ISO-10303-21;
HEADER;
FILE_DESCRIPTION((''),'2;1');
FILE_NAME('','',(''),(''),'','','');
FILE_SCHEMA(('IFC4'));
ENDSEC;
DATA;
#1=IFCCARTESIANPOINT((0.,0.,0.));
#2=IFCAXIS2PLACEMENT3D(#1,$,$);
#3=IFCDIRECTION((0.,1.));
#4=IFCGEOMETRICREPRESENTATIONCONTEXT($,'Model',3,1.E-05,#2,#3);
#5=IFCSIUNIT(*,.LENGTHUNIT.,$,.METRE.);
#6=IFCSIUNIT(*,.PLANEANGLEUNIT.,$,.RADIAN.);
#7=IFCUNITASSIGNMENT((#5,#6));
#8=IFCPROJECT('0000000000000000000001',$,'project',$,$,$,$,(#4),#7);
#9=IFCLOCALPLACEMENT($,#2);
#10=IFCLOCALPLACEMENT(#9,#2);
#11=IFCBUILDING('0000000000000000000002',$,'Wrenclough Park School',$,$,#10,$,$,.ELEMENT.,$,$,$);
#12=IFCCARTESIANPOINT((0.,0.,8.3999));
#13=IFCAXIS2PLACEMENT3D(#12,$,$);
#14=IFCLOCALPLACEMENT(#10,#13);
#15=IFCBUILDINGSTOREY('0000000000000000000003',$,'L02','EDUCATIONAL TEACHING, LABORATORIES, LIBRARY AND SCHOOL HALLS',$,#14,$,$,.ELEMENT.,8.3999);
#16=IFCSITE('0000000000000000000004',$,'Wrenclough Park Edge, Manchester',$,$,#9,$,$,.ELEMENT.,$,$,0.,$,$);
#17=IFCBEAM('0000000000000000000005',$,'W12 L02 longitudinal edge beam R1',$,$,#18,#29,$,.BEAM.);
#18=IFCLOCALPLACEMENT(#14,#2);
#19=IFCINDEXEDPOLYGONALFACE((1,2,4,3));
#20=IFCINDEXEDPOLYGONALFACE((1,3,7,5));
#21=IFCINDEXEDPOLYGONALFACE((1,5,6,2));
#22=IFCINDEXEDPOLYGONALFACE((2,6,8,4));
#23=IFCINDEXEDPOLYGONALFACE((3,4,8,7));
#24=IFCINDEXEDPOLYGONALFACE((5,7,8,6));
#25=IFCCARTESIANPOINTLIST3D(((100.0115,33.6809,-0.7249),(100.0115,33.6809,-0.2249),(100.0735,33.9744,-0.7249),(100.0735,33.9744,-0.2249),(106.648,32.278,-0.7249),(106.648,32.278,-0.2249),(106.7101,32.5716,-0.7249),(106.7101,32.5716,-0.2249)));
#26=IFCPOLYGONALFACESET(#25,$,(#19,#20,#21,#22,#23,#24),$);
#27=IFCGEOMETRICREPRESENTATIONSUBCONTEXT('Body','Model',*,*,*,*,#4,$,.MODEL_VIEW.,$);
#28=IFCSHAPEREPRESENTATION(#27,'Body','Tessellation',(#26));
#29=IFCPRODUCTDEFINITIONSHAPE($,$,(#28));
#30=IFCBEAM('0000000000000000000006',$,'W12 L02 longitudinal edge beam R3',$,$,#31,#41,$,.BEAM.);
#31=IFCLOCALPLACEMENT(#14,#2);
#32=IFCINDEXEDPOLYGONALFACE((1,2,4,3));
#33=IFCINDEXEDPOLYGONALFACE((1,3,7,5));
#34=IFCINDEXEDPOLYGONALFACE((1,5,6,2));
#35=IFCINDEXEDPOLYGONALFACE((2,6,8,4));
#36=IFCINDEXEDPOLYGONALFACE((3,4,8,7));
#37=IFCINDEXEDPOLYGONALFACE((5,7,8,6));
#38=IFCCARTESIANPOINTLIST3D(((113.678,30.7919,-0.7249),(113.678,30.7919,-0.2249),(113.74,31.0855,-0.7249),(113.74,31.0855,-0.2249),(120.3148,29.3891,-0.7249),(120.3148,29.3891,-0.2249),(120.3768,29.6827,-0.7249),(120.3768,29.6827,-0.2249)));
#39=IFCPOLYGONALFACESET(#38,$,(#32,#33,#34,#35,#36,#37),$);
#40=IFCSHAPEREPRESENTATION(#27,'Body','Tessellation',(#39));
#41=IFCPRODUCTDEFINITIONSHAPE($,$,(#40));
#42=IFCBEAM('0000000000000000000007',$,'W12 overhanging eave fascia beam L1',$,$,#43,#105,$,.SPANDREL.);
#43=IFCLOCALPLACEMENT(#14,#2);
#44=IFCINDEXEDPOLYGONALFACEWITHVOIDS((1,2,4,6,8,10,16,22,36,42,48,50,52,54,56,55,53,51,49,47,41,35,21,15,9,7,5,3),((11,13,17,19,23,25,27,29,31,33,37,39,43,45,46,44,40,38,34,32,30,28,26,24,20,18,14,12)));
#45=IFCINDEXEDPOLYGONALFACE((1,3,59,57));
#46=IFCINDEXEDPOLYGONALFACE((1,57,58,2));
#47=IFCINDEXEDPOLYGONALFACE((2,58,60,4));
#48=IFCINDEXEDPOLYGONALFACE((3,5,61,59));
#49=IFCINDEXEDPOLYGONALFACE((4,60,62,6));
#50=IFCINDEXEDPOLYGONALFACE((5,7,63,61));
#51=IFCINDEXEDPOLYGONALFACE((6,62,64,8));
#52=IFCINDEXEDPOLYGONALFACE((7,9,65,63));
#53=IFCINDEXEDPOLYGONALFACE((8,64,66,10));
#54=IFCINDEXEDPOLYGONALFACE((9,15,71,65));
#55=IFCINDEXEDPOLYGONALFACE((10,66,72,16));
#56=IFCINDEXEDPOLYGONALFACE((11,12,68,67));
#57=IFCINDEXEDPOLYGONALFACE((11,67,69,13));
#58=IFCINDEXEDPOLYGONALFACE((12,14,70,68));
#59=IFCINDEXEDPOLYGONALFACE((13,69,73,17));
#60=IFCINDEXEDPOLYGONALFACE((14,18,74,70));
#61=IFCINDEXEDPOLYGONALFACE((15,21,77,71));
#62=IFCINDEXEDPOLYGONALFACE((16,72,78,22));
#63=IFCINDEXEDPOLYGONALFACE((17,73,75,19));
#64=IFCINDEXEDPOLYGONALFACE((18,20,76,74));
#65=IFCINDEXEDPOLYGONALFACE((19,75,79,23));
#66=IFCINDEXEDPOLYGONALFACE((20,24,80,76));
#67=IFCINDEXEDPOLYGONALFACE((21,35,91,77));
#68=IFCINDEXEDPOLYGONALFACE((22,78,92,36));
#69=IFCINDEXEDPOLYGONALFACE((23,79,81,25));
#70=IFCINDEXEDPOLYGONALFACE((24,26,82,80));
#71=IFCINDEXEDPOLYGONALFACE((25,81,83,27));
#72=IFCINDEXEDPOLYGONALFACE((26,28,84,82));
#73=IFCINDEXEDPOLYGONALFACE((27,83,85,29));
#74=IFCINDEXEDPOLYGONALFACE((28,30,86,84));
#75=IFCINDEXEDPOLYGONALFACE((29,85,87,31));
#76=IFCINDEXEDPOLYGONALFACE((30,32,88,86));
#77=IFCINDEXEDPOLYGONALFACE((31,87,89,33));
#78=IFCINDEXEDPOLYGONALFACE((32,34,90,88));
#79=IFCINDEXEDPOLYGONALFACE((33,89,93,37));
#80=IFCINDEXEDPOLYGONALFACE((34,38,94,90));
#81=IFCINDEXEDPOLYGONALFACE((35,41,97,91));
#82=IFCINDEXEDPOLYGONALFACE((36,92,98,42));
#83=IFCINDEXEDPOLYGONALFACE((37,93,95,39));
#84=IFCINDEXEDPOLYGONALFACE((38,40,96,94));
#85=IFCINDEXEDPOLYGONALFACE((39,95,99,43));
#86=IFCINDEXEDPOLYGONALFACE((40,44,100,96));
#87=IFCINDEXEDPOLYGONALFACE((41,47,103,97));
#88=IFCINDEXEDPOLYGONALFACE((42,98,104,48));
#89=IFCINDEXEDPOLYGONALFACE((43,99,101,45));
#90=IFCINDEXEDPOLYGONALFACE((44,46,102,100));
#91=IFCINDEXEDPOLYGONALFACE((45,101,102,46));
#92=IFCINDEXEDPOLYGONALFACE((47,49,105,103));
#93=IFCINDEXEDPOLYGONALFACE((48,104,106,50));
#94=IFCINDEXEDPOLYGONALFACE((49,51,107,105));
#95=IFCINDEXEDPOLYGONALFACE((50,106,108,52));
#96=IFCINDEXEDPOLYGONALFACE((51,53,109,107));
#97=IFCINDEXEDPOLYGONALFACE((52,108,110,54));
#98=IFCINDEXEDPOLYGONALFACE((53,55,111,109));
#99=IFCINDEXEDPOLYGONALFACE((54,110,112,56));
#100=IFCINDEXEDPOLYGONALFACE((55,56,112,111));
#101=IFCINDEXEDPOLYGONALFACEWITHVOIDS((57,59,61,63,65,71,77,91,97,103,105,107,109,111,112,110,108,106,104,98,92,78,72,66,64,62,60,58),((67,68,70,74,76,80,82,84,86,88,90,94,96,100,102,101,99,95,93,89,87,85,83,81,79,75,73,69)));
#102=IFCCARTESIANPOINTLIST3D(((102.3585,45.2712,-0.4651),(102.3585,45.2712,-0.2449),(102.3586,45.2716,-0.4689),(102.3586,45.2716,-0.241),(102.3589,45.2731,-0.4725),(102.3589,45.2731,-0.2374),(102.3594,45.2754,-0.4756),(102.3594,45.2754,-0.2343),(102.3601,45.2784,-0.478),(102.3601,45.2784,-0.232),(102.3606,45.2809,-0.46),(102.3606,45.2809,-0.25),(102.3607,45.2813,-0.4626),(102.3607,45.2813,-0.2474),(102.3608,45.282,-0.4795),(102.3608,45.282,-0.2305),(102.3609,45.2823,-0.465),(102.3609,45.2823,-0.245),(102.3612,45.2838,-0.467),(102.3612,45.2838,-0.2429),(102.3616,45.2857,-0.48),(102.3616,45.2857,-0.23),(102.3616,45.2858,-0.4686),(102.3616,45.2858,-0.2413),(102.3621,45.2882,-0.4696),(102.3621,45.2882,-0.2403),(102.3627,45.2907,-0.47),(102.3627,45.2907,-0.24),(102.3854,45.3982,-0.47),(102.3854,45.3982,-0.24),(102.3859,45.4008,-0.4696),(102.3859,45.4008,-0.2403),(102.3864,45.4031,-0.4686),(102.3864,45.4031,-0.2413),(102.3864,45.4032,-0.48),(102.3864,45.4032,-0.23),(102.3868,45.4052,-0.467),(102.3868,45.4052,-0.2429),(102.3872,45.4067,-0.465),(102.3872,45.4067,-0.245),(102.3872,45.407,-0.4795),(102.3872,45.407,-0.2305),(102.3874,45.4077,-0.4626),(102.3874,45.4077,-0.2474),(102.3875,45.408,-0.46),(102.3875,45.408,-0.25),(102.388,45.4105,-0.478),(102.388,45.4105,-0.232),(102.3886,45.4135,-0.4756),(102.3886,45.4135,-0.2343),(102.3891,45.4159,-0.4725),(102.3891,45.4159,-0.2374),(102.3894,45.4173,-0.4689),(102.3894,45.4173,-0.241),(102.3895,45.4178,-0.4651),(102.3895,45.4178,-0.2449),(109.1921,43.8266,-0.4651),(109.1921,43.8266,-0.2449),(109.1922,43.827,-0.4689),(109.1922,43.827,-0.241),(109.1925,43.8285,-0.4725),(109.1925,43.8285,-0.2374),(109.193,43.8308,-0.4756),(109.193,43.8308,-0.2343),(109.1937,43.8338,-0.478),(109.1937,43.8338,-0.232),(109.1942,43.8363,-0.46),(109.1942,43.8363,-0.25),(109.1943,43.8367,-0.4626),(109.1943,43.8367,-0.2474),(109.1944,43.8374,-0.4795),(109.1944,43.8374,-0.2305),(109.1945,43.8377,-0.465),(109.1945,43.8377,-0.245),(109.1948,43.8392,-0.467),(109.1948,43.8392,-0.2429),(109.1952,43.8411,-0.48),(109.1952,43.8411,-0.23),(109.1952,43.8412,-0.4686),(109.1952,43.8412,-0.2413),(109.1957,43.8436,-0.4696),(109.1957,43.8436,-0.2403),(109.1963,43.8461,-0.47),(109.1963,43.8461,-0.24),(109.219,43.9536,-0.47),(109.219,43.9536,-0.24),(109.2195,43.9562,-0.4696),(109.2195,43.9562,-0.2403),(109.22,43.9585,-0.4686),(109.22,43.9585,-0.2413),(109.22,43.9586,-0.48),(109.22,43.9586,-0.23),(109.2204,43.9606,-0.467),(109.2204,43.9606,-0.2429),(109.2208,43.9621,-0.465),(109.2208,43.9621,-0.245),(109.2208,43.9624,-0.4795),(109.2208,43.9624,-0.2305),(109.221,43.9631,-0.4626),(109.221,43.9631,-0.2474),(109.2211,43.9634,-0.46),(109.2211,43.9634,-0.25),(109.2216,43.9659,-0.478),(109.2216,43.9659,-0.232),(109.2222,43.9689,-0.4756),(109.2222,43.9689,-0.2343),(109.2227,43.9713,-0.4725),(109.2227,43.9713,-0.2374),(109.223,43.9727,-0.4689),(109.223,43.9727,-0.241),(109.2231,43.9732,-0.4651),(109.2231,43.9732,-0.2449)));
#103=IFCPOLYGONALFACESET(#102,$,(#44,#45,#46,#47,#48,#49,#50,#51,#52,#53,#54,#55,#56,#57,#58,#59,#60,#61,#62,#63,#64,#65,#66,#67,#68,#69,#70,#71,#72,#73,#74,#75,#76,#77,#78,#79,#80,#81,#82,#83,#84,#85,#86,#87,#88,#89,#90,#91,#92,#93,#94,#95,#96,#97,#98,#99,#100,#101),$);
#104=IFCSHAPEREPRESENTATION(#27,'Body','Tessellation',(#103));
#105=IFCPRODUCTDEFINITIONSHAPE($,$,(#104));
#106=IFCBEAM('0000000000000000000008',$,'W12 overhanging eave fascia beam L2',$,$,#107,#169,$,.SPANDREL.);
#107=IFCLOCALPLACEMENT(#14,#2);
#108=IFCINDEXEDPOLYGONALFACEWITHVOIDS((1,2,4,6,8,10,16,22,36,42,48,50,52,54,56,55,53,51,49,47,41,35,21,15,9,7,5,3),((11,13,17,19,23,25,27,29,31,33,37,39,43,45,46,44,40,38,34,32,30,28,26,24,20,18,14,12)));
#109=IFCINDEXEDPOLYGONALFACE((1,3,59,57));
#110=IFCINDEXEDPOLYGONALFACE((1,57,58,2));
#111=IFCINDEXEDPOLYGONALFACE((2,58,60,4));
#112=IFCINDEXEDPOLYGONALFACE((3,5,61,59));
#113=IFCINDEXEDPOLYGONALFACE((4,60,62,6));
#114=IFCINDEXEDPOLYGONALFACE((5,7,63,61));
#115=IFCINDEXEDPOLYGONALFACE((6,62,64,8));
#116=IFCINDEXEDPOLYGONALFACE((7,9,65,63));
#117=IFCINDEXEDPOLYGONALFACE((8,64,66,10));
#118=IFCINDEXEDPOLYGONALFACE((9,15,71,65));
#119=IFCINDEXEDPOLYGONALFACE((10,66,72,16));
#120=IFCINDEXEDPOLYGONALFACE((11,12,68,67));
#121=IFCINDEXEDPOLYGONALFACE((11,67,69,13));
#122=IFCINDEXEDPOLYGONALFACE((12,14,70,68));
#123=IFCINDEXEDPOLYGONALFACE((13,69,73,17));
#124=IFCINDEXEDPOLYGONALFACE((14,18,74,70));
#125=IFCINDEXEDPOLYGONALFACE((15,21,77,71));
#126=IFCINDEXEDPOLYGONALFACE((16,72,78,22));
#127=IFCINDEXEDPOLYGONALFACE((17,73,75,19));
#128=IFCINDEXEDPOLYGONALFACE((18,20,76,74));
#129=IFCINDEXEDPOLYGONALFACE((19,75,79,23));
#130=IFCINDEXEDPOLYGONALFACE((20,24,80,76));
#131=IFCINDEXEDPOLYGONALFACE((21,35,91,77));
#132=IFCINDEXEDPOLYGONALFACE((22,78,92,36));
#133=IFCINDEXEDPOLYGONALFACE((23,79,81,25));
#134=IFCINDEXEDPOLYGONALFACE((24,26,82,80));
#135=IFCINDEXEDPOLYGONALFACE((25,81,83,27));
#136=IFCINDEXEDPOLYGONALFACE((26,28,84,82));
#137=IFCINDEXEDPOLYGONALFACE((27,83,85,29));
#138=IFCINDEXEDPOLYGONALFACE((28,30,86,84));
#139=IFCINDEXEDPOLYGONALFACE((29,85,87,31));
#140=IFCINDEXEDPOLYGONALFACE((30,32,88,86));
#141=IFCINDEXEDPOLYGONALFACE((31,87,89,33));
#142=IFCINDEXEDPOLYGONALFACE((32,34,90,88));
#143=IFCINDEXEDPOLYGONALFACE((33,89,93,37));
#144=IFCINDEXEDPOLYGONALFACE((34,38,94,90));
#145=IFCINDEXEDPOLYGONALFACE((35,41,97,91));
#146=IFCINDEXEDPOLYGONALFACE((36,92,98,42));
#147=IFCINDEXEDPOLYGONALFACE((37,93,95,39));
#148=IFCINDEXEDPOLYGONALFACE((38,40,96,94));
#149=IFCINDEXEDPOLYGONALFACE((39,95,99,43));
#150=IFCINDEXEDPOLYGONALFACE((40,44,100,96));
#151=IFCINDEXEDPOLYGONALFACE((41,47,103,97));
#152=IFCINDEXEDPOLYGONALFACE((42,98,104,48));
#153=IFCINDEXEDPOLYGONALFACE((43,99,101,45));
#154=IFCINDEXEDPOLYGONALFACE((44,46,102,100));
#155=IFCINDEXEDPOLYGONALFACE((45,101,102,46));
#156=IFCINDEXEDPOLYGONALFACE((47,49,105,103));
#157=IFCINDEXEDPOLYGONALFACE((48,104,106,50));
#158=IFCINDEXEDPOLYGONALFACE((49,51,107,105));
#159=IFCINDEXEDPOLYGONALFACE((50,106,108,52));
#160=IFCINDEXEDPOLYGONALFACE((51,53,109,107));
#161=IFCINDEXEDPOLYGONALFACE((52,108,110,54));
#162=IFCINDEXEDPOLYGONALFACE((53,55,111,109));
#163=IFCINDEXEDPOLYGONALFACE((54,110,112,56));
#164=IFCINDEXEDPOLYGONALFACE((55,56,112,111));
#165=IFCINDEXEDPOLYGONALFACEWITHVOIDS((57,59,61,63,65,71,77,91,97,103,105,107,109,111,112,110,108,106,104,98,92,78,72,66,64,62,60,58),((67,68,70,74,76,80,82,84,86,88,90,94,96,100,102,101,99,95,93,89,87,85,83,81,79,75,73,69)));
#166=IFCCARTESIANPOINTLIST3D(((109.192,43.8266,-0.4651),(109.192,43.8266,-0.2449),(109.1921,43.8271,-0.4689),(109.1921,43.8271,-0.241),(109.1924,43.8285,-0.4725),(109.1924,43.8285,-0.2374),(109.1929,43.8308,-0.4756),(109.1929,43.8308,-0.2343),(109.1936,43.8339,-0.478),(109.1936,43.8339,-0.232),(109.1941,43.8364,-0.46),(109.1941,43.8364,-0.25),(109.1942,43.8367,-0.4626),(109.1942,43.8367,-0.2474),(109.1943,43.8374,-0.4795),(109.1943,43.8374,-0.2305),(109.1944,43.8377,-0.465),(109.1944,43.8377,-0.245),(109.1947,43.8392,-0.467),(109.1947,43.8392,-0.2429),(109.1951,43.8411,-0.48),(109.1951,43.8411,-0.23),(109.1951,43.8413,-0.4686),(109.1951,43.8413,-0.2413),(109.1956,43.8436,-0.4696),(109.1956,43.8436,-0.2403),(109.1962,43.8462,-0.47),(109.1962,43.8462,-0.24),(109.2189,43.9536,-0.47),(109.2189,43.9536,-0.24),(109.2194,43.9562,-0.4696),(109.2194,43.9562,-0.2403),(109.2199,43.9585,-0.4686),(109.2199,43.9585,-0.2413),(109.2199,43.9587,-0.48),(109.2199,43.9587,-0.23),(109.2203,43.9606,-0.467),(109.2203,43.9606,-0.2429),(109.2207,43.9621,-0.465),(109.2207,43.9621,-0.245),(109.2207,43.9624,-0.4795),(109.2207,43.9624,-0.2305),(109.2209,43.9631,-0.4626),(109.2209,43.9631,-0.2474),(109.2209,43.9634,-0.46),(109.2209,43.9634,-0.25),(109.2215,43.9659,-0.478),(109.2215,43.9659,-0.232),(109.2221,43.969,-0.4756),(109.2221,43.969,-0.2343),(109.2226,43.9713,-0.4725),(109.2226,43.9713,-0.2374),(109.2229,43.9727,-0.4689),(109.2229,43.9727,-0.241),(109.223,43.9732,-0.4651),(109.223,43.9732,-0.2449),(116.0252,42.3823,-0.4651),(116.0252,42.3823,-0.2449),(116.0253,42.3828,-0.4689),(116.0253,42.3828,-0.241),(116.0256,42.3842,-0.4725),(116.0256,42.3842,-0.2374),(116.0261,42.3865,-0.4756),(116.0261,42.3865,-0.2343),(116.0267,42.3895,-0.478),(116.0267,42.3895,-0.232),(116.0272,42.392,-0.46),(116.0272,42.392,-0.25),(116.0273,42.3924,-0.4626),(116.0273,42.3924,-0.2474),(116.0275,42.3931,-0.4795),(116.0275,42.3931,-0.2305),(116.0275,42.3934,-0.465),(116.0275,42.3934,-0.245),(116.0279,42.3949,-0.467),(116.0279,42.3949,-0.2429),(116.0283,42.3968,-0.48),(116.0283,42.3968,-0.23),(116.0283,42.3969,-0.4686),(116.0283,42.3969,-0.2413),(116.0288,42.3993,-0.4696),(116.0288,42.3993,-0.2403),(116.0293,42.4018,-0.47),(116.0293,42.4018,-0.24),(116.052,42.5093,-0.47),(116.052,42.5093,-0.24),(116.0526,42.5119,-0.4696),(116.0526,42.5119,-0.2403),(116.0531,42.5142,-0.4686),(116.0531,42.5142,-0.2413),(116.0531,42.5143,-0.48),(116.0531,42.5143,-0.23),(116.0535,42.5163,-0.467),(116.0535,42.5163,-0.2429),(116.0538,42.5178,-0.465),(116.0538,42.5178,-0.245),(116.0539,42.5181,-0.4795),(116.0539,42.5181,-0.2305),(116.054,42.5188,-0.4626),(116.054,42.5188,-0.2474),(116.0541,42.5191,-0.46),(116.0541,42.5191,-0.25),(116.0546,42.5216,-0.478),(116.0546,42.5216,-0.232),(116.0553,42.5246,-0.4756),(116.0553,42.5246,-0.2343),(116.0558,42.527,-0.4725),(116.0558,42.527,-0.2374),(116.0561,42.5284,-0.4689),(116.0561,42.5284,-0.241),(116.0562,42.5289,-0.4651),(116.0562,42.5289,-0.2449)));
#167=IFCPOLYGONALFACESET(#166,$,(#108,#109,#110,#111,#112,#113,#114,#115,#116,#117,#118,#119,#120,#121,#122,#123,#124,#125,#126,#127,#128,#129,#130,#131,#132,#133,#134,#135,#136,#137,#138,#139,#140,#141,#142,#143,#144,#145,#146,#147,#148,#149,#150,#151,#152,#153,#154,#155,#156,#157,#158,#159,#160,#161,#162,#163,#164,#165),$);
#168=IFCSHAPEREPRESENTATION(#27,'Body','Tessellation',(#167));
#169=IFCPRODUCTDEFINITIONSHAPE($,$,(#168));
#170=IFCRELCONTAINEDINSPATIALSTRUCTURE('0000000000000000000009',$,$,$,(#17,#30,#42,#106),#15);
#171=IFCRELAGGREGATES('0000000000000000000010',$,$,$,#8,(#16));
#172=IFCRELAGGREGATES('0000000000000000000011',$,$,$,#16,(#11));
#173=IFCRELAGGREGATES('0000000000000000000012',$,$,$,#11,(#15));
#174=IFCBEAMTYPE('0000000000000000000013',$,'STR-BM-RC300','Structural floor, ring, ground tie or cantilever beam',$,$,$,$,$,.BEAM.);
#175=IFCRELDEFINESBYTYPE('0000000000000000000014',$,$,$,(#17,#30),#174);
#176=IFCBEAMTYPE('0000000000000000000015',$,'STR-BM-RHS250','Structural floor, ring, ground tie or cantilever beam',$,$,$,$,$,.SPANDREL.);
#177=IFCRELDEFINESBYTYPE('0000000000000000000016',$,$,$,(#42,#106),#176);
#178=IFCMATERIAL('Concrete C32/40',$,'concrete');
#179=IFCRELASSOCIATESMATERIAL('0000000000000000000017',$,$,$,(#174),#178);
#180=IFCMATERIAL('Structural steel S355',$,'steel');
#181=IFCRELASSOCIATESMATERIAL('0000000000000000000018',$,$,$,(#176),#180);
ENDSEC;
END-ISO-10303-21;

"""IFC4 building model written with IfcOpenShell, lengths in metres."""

from ifc_helpers import new_model, si_unit, direction, frame, origin, origin_2d, place, context, subcontext, project, spatial, rectangle, hollow_rectangle, extrude, material, material_profile, profile_set, type_object, element, save


model = new_model("IFC4")

# Units and contexts
model_context = context("Model", 3, precision=1e-05, world=origin(), true_north=direction((0.0, 1.0)))
body_context = subcontext(model_context, "Body", "Model", "MODEL_VIEW")
ifc_project = project(units=[si_unit("LENGTHUNIT", "METRE"), si_unit("PLANEANGLEUNIT", "RADIAN")], contexts=[model_context])

# Site, building, storey
site_placement = place(None, origin())
site = spatial("IfcSite", under=ifc_project, at=site_placement, Name="Wrenclough Park Edge, Manchester", CompositionType="ELEMENT", RefElevation=0.0)
building_placement = place(site_placement, origin())
building = spatial("IfcBuilding", under=site, at=building_placement, Name="Wrenclough Park School", CompositionType="ELEMENT")
storey_placement = place(building_placement, frame((0.0, 0.0, 8.3999)))
storey = spatial("IfcBuildingStorey", under=building, at=storey_placement, Name="L02", Description="EDUCATIONAL TEACHING, LABORATORIES, LIBRARY AND SCHOOL HALLS", CompositionType="ELEMENT", Elevation=8.3999)

# Beams
ifc_material_1 = material(Name="Concrete C32/40", Category="concrete")
ifc_material_profile_1 = material_profile(ifc_material_1, rectangle(XDim=0.3, YDim=0.5, at=origin_2d()), Name="RC BEAM 300x500")
ifc_profile_set_1 = profile_set([ifc_material_profile_1], Name="Concrete C32/40")
beam_type_1 = type_object("IfcBeamType", Name="STR-BM-RC300", Description="Structural floor, ring, ground tie or cantilever beam", PredefinedType="BEAM", material=ifc_profile_set_1)
beam_1_placement = place(storey_placement, frame((100.0425, 33.8276, -0.4749), z_axis=(0.978381, -0.206812, 0.0), x_axis=(0.206812, 0.978381, 0.0)))
element("IfcBeam", 1, at=beam_1_placement, inside=storey, type_object=beam_type_1, Name="W12 L02 longitudinal edge beam R1", PredefinedType="BEAM", context=body_context, shape_type="SweptSolid", body=[
    extrude(rectangle(XDim=0.3, YDim=0.5, at=origin_2d()), origin(), (0.0, 0.0, 1.0), 6.7832),
])
beam_2_placement = place(storey_placement, frame((113.709, 30.9387, -0.4749), z_axis=(0.978382, -0.206805, 0.0), x_axis=(0.206805, 0.978382, 0.0)))
element("IfcBeam", 2, at=beam_2_placement, inside=storey, type_object=beam_type_1, Name="W12 L02 longitudinal edge beam R3", PredefinedType="BEAM", context=body_context, shape_type="SweptSolid", body=[
    extrude(rectangle(XDim=0.3, YDim=0.5, at=origin_2d()), origin(), (0.0, 0.0, 1.0), 6.7834),
])
ifc_material_2 = material(Name="Structural steel S355", Category="steel")
ifc_material_profile_2 = material_profile(ifc_material_2, hollow_rectangle(XDim=0.1499, YDim=0.25, WallThickness=0.01, InnerFilletRadius=0.01, OuterFilletRadius=0.0149, at=origin_2d()), Name="RHS 250x150x10.0")
ifc_profile_set_2 = profile_set([ifc_material_profile_2], Name="Structural steel S355")
beam_type_2 = type_object("IfcBeamType", Name="STR-BM-RHS250", Description="Structural floor, ring, ground tie or cantilever beam", PredefinedType="SPANDREL", material=ifc_profile_set_2)
beam_3_placement = place(storey_placement, frame((102.374, 45.3445, -0.355), z_axis=(0.978378, -0.206826, 0.0), x_axis=(0.206826, 0.978378, 0.0)))
element("IfcBeam", 3, at=beam_3_placement, inside=storey, type_object=beam_type_2, Name="W12 overhanging eave fascia beam L1", PredefinedType="SPANDREL", context=body_context, shape_type="SweptSolid", body=[
    extrude(hollow_rectangle(XDim=0.1499, YDim=0.25, WallThickness=0.01, InnerFilletRadius=0.01, OuterFilletRadius=0.0149, at=origin_2d()), origin(), (0.0, 0.0, 1.0), 6.9846),
])
for number, where, z_axis, x_axis, name in (
    (4, (109.2075, 43.8999, -0.355), (0.978383, -0.2068, 0.0), (0.2068, 0.978383, 0.0), "W12 overhanging eave fascia beam L2"),
):
    element("IfcBeam", number, at=place(storey_placement, frame(where, z_axis=z_axis, x_axis=x_axis)), inside=storey, type_object=beam_type_2, Name=name, PredefinedType="SPANDREL", context=body_context, shape_type="SweptSolid", body=[
        extrude(hollow_rectangle(XDim=0.1499, YDim=0.25, WallThickness=0.01, InnerFilletRadius=0.01, OuterFilletRadius=0.0149, at=origin_2d()), origin(), (0.0, 0.0, 1.0), 6.9841),
    ])

save(model, "model.ifc")
